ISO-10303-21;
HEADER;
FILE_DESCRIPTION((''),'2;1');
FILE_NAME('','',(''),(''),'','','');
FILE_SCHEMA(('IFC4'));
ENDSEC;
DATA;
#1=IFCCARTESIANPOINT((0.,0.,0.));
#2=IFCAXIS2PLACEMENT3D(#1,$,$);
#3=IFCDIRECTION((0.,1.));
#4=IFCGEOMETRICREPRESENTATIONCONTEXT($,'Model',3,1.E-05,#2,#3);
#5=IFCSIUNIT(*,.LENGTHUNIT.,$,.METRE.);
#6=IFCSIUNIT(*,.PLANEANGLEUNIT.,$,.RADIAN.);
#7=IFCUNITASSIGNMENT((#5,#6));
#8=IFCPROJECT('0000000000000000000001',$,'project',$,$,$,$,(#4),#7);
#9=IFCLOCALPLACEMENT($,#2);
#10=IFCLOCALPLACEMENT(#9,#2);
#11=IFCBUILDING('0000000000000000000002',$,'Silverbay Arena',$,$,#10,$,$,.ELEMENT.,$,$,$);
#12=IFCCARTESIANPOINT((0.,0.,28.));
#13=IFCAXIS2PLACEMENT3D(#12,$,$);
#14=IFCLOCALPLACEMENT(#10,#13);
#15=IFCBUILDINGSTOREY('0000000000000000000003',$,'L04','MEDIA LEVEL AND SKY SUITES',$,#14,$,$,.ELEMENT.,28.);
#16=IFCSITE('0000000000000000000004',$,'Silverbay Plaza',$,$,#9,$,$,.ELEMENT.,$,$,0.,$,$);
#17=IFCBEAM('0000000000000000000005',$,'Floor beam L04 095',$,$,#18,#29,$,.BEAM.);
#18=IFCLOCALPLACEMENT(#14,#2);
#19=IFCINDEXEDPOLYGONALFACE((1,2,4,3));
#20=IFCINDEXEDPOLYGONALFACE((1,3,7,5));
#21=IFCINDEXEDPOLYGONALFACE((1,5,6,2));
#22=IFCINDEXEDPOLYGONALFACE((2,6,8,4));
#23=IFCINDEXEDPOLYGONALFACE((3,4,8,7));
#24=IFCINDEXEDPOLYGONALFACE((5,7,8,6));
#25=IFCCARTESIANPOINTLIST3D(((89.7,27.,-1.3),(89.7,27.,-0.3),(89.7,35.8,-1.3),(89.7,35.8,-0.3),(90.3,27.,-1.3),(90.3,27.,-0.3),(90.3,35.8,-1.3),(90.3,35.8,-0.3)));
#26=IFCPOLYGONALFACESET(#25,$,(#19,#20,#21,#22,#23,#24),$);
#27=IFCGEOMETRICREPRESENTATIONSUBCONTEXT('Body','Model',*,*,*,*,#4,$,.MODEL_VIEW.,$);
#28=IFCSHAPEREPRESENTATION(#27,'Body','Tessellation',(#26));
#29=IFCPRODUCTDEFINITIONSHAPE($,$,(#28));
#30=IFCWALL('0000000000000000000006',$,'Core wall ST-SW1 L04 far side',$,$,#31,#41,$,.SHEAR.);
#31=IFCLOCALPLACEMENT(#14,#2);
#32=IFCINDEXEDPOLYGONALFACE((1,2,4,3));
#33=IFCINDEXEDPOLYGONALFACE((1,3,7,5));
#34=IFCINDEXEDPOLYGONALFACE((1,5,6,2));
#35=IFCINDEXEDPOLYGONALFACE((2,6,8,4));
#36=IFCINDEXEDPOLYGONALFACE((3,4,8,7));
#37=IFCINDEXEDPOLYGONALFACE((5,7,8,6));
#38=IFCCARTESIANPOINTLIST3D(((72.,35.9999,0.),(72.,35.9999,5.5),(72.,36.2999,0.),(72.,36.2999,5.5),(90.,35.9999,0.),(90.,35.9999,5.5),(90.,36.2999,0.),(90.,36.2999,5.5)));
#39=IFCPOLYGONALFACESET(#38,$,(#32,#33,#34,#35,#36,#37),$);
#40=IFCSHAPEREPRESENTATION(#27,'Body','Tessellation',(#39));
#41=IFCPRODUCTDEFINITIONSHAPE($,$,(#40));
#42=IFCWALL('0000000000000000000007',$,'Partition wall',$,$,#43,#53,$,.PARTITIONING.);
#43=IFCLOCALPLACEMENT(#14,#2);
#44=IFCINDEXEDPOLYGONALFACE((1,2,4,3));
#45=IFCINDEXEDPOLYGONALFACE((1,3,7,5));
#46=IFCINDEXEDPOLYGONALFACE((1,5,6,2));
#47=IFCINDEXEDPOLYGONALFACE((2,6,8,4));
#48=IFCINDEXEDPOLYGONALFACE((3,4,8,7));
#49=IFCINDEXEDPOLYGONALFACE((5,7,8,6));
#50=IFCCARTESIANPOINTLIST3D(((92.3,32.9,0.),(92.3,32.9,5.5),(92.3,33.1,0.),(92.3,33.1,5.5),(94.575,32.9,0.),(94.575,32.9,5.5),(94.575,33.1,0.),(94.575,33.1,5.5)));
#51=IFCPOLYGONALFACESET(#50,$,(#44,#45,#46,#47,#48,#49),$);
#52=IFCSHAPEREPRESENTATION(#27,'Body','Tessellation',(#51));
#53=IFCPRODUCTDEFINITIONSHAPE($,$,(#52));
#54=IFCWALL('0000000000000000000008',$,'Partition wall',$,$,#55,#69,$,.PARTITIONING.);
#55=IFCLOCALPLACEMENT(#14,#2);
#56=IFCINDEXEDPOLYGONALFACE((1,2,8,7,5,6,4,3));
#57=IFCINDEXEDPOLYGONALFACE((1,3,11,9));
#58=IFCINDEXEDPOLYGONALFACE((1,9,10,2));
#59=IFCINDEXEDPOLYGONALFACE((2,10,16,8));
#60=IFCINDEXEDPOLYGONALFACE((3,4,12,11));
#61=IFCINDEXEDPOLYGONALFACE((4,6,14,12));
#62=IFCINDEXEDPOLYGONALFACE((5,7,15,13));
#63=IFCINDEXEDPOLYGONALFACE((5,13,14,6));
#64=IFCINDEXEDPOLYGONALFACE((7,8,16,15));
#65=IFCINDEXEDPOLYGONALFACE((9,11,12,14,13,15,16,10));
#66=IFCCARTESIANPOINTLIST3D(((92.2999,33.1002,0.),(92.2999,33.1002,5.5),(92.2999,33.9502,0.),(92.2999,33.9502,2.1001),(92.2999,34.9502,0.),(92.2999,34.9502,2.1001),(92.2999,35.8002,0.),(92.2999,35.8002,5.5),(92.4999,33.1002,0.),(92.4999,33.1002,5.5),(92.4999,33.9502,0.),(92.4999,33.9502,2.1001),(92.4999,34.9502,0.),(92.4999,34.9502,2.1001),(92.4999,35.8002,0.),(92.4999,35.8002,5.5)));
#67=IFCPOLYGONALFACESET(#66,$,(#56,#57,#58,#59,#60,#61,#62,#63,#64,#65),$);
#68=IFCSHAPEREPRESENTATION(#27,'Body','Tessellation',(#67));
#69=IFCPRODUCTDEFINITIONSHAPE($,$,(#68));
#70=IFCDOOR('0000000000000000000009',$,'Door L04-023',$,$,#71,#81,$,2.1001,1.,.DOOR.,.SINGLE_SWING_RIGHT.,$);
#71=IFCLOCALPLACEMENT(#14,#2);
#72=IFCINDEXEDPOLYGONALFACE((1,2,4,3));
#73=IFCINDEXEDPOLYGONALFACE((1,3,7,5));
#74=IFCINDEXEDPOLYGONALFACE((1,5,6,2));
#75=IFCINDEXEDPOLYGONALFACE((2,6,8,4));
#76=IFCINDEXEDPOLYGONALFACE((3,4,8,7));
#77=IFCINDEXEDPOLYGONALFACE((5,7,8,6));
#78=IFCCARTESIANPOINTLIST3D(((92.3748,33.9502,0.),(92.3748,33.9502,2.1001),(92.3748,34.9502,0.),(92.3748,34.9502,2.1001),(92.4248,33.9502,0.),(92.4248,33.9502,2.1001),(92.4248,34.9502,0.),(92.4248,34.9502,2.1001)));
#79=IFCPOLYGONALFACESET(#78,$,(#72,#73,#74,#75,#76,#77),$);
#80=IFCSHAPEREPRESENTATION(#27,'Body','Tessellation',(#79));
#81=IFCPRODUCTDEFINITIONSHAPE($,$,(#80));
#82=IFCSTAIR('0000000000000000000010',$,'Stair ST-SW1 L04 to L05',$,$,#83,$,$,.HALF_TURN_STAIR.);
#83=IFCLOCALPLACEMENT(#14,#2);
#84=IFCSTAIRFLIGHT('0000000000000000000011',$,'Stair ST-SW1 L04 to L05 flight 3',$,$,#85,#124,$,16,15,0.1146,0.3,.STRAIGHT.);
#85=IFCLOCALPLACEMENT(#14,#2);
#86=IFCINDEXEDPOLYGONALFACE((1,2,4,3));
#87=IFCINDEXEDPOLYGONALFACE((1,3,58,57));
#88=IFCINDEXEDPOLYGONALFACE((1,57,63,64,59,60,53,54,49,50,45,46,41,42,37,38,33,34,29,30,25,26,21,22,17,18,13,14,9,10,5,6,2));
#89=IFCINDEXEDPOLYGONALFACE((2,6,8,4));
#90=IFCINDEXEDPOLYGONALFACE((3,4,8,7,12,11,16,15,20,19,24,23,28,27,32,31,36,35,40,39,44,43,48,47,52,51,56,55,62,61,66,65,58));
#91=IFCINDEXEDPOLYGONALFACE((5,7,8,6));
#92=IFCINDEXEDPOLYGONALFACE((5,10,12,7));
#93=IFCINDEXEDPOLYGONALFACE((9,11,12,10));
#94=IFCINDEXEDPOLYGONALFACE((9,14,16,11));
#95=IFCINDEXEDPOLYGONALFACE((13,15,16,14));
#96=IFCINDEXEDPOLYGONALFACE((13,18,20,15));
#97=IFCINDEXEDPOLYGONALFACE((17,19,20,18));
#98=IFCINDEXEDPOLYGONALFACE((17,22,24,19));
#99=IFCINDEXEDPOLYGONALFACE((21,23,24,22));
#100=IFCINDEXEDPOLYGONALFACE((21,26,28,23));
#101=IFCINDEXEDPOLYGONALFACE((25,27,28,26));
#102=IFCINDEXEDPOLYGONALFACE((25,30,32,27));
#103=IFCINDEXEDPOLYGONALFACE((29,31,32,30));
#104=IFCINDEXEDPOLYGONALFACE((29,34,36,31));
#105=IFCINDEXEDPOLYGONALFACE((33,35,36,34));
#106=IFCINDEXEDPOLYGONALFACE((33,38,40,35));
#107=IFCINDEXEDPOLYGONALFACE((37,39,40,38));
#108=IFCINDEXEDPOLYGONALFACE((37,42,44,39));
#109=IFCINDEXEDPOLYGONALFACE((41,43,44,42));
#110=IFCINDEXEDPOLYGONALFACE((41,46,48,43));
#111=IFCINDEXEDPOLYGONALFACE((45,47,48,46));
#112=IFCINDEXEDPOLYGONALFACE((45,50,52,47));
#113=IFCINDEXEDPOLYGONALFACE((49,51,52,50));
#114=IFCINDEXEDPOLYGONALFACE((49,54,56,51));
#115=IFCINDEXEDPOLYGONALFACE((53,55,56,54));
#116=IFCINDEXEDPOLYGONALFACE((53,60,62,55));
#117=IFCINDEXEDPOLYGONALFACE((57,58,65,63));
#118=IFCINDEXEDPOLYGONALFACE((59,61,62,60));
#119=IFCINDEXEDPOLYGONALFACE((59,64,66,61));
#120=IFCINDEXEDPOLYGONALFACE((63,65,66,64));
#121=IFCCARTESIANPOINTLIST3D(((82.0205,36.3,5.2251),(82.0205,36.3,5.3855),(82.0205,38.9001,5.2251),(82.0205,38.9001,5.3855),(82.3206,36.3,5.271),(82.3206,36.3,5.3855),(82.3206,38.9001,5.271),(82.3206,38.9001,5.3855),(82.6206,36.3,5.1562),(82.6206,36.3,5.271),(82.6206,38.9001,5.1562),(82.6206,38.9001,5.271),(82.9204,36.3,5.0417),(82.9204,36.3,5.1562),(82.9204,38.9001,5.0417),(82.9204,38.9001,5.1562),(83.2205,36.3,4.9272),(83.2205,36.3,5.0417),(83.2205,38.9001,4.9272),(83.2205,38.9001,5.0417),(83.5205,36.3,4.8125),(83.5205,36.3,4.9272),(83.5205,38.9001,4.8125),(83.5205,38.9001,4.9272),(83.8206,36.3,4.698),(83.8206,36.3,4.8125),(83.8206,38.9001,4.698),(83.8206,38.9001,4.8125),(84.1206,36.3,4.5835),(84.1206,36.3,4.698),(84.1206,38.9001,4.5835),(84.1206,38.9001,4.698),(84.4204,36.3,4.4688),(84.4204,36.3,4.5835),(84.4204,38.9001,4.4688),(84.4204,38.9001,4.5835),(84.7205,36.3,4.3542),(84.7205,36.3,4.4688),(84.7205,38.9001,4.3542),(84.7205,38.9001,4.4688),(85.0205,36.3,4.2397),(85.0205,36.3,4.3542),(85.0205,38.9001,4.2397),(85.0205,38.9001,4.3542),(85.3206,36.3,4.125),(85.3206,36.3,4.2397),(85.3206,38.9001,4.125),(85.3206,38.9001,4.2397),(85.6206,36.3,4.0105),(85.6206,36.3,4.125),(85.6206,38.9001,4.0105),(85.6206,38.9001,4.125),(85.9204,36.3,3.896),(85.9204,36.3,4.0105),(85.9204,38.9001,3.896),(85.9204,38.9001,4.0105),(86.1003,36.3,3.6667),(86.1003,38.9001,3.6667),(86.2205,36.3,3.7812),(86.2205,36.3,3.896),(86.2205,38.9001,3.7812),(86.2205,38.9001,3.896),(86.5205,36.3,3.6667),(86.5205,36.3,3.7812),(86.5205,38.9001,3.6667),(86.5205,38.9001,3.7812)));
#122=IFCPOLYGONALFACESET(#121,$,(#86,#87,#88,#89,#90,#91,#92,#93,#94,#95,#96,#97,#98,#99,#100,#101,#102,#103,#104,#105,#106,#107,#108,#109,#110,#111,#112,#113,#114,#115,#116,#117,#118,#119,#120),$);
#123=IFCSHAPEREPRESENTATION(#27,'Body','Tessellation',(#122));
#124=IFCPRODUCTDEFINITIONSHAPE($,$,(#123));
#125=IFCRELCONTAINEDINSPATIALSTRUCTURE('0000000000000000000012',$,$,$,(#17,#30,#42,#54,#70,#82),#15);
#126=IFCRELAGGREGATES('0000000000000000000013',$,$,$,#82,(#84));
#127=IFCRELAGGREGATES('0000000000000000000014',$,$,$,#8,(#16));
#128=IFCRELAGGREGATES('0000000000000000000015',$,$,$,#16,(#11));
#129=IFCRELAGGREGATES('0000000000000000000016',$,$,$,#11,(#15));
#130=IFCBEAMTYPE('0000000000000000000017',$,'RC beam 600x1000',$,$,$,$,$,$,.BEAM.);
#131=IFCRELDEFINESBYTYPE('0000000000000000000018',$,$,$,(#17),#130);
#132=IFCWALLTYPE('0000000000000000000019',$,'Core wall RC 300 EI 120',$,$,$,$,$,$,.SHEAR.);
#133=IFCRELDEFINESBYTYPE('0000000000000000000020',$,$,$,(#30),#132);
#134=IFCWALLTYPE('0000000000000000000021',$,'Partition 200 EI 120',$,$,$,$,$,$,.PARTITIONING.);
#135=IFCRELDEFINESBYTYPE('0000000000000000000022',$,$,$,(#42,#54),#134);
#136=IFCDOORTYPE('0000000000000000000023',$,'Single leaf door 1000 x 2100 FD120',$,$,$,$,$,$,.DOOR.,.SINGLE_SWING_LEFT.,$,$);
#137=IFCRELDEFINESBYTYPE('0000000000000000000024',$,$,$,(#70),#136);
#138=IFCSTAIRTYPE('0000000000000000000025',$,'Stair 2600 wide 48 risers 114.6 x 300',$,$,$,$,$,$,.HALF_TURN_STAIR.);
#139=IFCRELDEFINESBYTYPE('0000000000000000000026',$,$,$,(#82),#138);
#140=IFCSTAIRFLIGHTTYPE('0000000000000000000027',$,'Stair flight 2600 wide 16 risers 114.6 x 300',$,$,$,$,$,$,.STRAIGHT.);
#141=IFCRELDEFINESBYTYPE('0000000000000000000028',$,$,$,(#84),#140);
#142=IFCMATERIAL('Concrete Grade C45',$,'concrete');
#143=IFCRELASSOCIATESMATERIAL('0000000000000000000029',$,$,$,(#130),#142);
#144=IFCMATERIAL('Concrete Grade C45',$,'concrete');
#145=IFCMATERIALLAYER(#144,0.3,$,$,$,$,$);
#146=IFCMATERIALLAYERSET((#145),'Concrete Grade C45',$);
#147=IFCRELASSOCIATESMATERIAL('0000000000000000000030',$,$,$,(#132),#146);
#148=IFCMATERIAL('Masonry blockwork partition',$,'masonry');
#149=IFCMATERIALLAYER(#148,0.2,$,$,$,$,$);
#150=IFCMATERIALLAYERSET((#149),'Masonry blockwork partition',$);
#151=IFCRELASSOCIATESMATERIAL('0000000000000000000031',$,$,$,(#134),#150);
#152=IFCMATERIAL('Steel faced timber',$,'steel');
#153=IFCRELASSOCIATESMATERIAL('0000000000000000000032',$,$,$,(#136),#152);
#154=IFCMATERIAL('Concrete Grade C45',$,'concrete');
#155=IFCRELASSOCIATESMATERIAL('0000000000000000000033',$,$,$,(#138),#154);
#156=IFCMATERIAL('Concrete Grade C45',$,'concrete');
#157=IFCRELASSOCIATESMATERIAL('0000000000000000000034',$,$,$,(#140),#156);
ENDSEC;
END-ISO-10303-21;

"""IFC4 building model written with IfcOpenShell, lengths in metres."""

from ifc_helpers import new_model, si_unit, direction, frame, frame_2d, origin, origin_2d, place, context, subcontext, project, spatial, polyline, rectangle, outline, extrude, material, layer, layer_set, material_profile, profile_set, type_object, element, fill, aggregate, save


model = new_model("IFC4")

# Units and contexts
model_context = context("Model", 3, precision=1e-05, world=origin(), true_north=direction((0.0, 1.0)))
body_context = subcontext(model_context, "Body", "Model", "MODEL_VIEW")
ifc_project = project(units=[si_unit("LENGTHUNIT", "METRE"), si_unit("PLANEANGLEUNIT", "RADIAN")], contexts=[model_context])

# Site, building, storey
site_placement = place(None, origin())
site = spatial("IfcSite", under=ifc_project, at=site_placement, Name="Silverbay Plaza", CompositionType="ELEMENT", RefElevation=0.0)
building_placement = place(site_placement, origin())
building = spatial("IfcBuilding", under=site, at=building_placement, Name="Silverbay Arena", CompositionType="ELEMENT")
storey_placement = place(building_placement, frame((0.0, 0.0, 28.0)))
storey = spatial("IfcBuildingStorey", under=building, at=storey_placement, Name="L04", Description="MEDIA LEVEL AND SKY SUITES", CompositionType="ELEMENT", Elevation=28.0)

# Beam
ifc_material_1 = material(Name="Concrete Grade C45", Category="concrete")
ifc_material_profile = material_profile(ifc_material_1, rectangle(XDim=0.6001, YDim=1.0, at=origin_2d()), Name="RC 600x1000")
ifc_profile_set = profile_set([ifc_material_profile], Name="Concrete Grade C45")
beam_type = type_object("IfcBeamType", Name="RC beam 600x1000", PredefinedType="BEAM", material=ifc_profile_set)
beam_placement = place(storey_placement, frame((90.0, 27.0, -0.8), z_axis=(0.0, 1.0, 0.0), x_axis=(-1.0, 0.0, 0.0)))
element("IfcBeam", 1, at=beam_placement, inside=storey, type_object=beam_type, Name="Floor beam L04 095", PredefinedType="BEAM", context=body_context, shape_type="SweptSolid", body=[
    extrude(rectangle(XDim=0.6001, YDim=1.0, at=origin_2d()), origin(), (0.0, 0.0, 1.0), 8.8),
])

# Walls
ifc_material_2 = material(Name="Concrete Grade C45", Category="concrete")
ifc_layer_1 = layer(ifc_material_2, 0.3)
ifc_layer_set_1 = layer_set([ifc_layer_1], Name="Concrete Grade C45")
wall_type_1 = type_object("IfcWallType", Name="Core wall RC 300 EI 120", PredefinedType="SHEAR", material=ifc_layer_set_1)
wall_1_placement = place(storey_placement, frame((90.0, 36.1499, 0.0), z_axis=(0.0, 0.0, 1.0), x_axis=(-1.0, 0.0, 0.0)))
element("IfcWall", 2, at=wall_1_placement, inside=storey, type_object=wall_type_1, Name="Core wall ST-SW1 L04 far side", PredefinedType="SHEAR", context=body_context, shape_type="SweptSolid", body=[
    extrude(rectangle(XDim=18.0, YDim=0.3, at=frame_2d((9.0, 0.0))), origin(), (0.0, 0.0, 1.0), 5.5),
])
ifc_material_3 = material(Name="Masonry blockwork partition", Category="masonry")
ifc_layer_2 = layer(ifc_material_3, 0.2)
ifc_layer_set_2 = layer_set([ifc_layer_2], Name="Masonry blockwork partition")
wall_type_2 = type_object("IfcWallType", Name="Partition 200 EI 120", PredefinedType="PARTITIONING", material=ifc_layer_set_2)
wall_2_placement = place(storey_placement, frame((92.3, 33.0, 0.0), z_axis=(0.0, 0.0, 1.0), x_axis=(1.0, 0.0, 0.0)))
element("IfcWall", 3, at=wall_2_placement, inside=storey, type_object=wall_type_2, Name="Partition wall", PredefinedType="PARTITIONING", context=body_context, shape_type="SweptSolid", body=[
    extrude(rectangle(XDim=2.2749, YDim=0.2, at=frame_2d((1.1375, 0.0))), origin(), (0.0, 0.0, 1.0), 5.5),
])

# Wall, opening, door
wall_3_placement = place(storey_placement, frame((92.3999, 33.1001, 0.0), z_axis=(0.0, 0.0, 1.0), x_axis=(0.0, 1.0, 0.0)))
wall_3 = element("IfcWall", 4, at=wall_3_placement, inside=storey, type_object=wall_type_2, Name="Partition wall", PredefinedType="PARTITIONING", context=body_context, shape_type="SweptSolid", body=[
    extrude(rectangle(XDim=2.7, YDim=0.2, at=frame_2d((1.3501, 0.0))), origin(), (0.0, 0.0, 1.0), 5.5),
])
opening_1_placement = place(wall_3_placement, frame((0.8501, 0.0, 0.0)))
opening_1 = element("IfcOpeningElement", 5, at=opening_1_placement, cuts=wall_3, PredefinedType="OPENING", context=body_context, shape_type="SweptSolid", body=[
    extrude(rectangle(XDim=1.0, YDim=2.1001, at=frame_2d((0.5, 1.05))), frame((0.0, 0.1099, 0.0), z_axis=(0.0, -1.0, 0.0), x_axis=(1.0, 0.0, 0.0)), (0.0, 0.0, 1.0), 0.22),
])
ifc_material_4 = material(Name="Steel faced timber", Category="steel")
door_type_1 = type_object("IfcDoorType", Name="Single leaf door 1000 x 2100 FD120", OperationType="SINGLE_SWING_LEFT", PredefinedType="DOOR", material=ifc_material_4)
door_1_placement = place(opening_1_placement, frame((1.0, 0.0, 0.0), z_axis=(0.0, 0.0, 1.0), x_axis=(-1.0, 0.0, 0.0)))
door_1 = element("IfcDoor", 6, at=door_1_placement, inside=storey, type_object=door_type_1, Name="Door L04-023", OperationType="SINGLE_SWING_RIGHT", OverallHeight=2.1001, OverallWidth=1.0, PredefinedType="DOOR", context=body_context, shape_type="SweptSolid", body=[
    extrude(rectangle(XDim=1.0, YDim=2.1001, at=frame_2d((0.5, 1.05))), frame((0.0, 0.0249, 0.0), z_axis=(0.0, -1.0, 0.0), x_axis=(1.0, 0.0, 0.0)), (0.0, 0.0, 1.0), 0.05),
])
fill(opening_1, door_1)

# Stair, stair flight
ifc_material_5 = material(Name="Concrete Grade C45", Category="concrete")
stair_type = type_object("IfcStairType", Name="Stair 2600 wide 48 risers 114.6 x 300", PredefinedType="HALF_TURN_STAIR", material=ifc_material_5)
stair_placement = place(storey_placement, origin())
stair = element("IfcStair", 7, at=stair_placement, inside=storey, type_object=stair_type, Name="Stair ST-SW1 L04 to L05", PredefinedType="HALF_TURN_STAIR")
ifc_material_6 = material(Name="Concrete Grade C45", Category="concrete")
stair_flight_type = type_object("IfcStairFlightType", Name="Stair flight 2600 wide 16 risers 114.6 x 300", PredefinedType="STRAIGHT", material=ifc_material_6)
stair_flight_placement = place(storey_placement, frame((86.5205, 37.6001, 3.6667), z_axis=(0.0, 0.0, 1.0), x_axis=(-1.0, 0.0, 0.0)))
stair_flight = element("IfcStairFlight", 8, at=stair_flight_placement, type_object=stair_flight_type, Name="Stair ST-SW1 L04 to L05 flight 3", NumberOfRisers=16, NumberOfTreads=15, PredefinedType="STRAIGHT", RiserHeight=0.1146, TreadLength=0.3, context=body_context, shape_type="SweptSolid", body=[
    extrude(outline(polyline([(0.0, 0.0), (0.0, 0.1145), (0.3, 0.1145), (0.3, 0.2292), (0.6001, 0.2292), (0.6001, 0.3438), (0.8999, 0.3438), (0.8999, 0.4583), (1.2, 0.4583), (1.2, 0.573), (1.5, 0.573), (1.5, 0.6875), (1.8, 0.6875), (1.8, 0.802), (2.1001, 0.802), (2.1001, 0.9167), (2.3999, 0.9167), (2.3999, 1.0312), (2.7, 1.0312), (2.7, 1.1458), (3.0, 1.1458), (3.0, 1.2605), (3.3, 1.2605), (3.3, 1.375), (3.6001, 1.375), (3.6001, 1.4895), (3.8999, 1.4895), (3.8999, 1.6042), (4.2, 1.6042), (4.2, 1.7188), (4.5, 1.7188), (4.5, 1.5583), (0.4202, 0.0), (0.0, 0.0)])), frame((0.0, 1.3, 0.0), z_axis=(0.0, -1.0, 0.0), x_axis=(1.0, 0.0, 0.0)), (0.0, 0.0, 1.0), 2.6001),
])
aggregate(stair, [stair_flight])

save(model, "model.ifc")
